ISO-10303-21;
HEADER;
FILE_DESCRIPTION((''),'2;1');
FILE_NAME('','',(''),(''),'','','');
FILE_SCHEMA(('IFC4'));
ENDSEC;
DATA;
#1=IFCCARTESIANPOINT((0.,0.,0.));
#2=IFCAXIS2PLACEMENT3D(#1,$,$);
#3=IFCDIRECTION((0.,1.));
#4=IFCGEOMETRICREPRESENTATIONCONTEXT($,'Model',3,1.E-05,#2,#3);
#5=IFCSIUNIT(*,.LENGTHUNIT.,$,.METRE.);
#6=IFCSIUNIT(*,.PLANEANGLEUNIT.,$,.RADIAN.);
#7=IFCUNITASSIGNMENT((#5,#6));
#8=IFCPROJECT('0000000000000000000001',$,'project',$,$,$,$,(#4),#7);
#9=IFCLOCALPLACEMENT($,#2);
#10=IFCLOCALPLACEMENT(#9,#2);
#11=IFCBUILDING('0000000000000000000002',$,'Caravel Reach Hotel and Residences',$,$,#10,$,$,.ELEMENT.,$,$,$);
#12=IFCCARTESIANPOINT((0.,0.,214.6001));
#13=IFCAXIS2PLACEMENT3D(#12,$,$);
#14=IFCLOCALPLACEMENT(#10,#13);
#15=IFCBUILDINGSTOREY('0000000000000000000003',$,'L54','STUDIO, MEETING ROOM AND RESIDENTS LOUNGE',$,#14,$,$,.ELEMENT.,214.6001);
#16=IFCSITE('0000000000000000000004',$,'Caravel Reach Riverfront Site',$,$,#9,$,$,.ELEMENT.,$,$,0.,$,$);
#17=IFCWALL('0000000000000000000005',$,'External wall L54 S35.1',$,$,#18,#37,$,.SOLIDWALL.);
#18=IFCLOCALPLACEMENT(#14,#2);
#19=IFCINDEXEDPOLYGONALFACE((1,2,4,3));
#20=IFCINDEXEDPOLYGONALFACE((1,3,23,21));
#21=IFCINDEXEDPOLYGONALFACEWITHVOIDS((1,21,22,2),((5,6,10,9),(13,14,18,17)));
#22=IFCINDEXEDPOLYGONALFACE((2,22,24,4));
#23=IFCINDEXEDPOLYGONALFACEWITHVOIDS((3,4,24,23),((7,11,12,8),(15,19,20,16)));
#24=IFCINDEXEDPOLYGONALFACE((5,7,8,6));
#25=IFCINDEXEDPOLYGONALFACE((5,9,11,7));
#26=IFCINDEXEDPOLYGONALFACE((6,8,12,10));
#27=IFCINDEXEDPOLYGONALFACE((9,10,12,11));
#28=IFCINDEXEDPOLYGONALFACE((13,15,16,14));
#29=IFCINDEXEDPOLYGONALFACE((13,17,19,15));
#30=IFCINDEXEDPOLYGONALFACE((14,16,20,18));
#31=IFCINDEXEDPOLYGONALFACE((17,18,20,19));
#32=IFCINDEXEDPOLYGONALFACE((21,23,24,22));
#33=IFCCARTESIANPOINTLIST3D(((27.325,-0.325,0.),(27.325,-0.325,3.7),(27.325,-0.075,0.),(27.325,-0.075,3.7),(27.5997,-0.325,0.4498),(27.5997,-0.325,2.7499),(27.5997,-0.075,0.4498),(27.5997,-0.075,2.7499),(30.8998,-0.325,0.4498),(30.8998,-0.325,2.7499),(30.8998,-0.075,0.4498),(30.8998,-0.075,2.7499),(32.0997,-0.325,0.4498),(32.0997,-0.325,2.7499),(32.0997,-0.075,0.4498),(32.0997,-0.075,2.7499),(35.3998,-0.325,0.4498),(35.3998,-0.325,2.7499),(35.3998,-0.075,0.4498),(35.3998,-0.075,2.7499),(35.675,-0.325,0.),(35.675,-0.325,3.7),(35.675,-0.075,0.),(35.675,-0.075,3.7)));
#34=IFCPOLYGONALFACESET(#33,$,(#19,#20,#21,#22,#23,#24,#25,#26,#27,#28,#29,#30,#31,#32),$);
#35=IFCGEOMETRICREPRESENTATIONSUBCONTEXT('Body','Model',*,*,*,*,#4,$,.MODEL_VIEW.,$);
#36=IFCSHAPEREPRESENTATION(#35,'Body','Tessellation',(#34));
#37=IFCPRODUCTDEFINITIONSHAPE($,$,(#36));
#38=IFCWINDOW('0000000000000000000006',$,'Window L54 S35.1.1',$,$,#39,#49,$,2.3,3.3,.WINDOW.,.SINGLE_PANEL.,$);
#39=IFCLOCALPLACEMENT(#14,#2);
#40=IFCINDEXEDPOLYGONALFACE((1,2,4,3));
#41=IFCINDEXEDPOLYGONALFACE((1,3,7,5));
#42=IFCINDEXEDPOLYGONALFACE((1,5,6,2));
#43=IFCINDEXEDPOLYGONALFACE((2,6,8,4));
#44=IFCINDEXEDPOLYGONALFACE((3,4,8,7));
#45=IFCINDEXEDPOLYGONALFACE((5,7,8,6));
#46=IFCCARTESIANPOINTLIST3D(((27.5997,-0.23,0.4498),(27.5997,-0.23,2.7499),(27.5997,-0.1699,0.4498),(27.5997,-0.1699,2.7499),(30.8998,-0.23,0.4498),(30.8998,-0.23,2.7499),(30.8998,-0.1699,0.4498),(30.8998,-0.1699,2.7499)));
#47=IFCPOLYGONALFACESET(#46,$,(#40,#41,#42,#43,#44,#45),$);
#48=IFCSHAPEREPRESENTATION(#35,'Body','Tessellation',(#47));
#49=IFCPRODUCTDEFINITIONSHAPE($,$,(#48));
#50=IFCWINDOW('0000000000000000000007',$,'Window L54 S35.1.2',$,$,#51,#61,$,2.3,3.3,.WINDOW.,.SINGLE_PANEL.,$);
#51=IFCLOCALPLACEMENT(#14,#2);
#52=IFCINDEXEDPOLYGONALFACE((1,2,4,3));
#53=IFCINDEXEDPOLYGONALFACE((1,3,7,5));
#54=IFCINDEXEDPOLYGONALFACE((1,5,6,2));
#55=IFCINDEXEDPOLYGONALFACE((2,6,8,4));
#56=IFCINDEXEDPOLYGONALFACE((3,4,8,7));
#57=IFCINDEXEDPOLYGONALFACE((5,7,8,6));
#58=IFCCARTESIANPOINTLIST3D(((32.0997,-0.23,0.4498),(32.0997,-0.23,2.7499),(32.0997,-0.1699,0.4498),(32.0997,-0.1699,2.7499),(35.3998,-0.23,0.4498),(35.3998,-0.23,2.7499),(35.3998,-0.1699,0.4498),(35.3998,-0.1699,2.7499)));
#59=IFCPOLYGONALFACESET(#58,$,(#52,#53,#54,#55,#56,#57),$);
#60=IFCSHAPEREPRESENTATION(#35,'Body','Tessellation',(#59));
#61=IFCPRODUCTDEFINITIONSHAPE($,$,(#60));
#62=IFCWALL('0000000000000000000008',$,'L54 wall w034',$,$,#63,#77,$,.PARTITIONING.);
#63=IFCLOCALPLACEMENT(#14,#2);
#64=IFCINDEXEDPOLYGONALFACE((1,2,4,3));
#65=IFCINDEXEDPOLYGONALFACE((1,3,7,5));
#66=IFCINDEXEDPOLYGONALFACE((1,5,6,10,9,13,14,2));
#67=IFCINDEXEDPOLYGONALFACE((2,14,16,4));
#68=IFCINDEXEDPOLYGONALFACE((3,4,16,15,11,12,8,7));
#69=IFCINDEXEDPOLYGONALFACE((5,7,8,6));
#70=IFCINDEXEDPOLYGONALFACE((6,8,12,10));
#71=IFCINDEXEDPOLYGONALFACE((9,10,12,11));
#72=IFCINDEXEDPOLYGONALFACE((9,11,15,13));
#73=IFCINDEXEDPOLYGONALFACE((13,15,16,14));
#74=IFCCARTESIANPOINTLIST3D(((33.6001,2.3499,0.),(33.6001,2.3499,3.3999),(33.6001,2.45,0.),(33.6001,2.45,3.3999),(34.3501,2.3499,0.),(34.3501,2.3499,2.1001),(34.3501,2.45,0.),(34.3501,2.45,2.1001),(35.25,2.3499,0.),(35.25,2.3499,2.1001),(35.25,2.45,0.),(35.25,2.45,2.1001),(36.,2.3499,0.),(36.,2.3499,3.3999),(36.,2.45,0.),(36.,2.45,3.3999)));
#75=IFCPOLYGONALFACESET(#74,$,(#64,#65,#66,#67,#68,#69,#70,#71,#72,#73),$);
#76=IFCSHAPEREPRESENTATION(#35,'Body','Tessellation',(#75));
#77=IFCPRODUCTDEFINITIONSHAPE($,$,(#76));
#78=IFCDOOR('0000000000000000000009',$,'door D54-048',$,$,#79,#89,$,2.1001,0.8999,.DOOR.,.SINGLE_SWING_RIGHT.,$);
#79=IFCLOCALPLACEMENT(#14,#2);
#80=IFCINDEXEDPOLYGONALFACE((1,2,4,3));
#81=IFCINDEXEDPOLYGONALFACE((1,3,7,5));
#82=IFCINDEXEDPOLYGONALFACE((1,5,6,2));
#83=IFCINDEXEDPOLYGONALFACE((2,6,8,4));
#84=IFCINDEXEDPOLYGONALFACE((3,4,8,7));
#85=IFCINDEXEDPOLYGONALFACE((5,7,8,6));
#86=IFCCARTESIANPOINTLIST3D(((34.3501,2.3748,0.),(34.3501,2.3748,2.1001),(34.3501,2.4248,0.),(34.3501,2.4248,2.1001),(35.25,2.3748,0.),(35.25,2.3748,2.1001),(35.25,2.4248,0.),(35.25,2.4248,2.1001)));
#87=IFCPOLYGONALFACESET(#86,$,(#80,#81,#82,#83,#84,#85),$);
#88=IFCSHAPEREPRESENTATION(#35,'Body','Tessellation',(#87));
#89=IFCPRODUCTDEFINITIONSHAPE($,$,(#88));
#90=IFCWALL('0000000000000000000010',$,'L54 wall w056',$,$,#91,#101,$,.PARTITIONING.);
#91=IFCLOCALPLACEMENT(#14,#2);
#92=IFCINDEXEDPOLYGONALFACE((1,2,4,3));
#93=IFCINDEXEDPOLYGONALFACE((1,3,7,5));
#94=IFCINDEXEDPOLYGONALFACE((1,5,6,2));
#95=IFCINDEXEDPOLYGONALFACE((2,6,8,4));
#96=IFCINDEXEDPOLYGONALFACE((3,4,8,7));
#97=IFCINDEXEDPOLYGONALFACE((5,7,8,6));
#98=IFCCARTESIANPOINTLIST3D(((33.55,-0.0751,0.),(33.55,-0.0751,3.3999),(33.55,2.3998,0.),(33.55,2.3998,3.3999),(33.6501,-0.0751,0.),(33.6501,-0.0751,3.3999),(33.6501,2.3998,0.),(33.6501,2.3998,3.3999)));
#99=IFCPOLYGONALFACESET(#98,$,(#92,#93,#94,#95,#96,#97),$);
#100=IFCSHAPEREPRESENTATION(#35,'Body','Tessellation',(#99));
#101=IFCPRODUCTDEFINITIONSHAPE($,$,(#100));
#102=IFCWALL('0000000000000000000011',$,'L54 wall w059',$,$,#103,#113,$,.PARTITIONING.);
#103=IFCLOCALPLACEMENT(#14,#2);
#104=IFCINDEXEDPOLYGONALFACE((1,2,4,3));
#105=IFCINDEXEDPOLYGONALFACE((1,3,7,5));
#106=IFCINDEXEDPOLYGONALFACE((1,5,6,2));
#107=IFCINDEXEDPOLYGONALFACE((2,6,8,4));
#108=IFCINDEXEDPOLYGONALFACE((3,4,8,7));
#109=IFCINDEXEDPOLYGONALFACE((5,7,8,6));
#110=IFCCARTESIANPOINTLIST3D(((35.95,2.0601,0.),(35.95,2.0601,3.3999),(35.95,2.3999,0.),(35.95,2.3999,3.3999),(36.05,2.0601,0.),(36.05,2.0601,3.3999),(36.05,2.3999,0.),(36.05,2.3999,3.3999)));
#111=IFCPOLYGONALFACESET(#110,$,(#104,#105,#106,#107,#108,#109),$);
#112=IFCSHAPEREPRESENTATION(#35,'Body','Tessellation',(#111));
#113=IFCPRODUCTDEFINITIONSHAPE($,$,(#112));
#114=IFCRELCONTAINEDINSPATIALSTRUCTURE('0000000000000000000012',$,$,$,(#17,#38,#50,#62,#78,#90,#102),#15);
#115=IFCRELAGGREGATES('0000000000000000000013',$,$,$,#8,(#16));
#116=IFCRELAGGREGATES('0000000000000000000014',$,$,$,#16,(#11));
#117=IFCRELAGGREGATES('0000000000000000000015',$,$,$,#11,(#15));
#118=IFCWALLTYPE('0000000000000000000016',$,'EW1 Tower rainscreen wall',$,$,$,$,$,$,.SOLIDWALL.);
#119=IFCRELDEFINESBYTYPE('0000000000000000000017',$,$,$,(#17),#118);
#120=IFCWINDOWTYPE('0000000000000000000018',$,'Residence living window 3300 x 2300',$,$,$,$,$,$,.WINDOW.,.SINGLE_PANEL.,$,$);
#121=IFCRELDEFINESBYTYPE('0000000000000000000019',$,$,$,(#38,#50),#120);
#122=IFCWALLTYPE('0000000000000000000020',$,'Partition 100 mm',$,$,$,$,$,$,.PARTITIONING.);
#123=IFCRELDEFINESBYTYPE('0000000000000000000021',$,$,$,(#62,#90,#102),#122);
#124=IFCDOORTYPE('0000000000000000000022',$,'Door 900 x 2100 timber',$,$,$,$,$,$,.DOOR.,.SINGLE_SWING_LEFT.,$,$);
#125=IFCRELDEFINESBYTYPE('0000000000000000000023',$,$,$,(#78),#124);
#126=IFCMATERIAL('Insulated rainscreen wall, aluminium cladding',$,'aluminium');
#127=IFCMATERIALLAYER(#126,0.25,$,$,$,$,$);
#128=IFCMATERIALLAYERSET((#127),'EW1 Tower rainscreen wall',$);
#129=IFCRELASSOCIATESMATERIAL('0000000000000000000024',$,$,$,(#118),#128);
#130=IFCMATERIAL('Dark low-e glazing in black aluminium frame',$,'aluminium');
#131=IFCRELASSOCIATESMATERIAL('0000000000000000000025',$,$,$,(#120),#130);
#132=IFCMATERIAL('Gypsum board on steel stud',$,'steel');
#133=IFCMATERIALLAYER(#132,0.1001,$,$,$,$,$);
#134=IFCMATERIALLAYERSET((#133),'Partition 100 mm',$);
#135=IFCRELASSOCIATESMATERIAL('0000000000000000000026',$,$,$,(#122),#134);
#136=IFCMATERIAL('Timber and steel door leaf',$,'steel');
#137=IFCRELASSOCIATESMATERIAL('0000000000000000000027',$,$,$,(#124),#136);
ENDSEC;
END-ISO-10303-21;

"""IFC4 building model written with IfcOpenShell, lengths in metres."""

from ifc_helpers import new_model, si_unit, direction, frame, frame_2d, origin, place, context, subcontext, project, spatial, rectangle, extrude, material, layer, layer_set, type_object, element, fill, save


model = new_model("IFC4")

# Units and contexts
model_context = context("Model", 3, precision=1e-05, world=origin(), true_north=direction((0.0, 1.0)))
body_context = subcontext(model_context, "Body", "Model", "MODEL_VIEW")
ifc_project = project(units=[si_unit("LENGTHUNIT", "METRE"), si_unit("PLANEANGLEUNIT", "RADIAN")], contexts=[model_context])

# Site, building, storey
site_placement = place(None, origin())
site = spatial("IfcSite", under=ifc_project, at=site_placement, Name="Caravel Reach Riverfront Site", CompositionType="ELEMENT", RefElevation=0.0)
building_placement = place(site_placement, origin())
building = spatial("IfcBuilding", under=site, at=building_placement, Name="Caravel Reach Hotel and Residences", CompositionType="ELEMENT")
storey_placement = place(building_placement, frame((0.0, 0.0, 214.6001)))
storey = spatial("IfcBuildingStorey", under=building, at=storey_placement, Name="L54", Description="STUDIO, MEETING ROOM AND RESIDENTS LOUNGE", CompositionType="ELEMENT", Elevation=214.6001)

# Shared definitions
ifc_material_1 = material(Name="Insulated rainscreen wall, aluminium cladding", Category="aluminium")
ifc_layer_1 = layer(ifc_material_1, 0.25)
ifc_layer_set_1 = layer_set([ifc_layer_1], Name="EW1 Tower rainscreen wall")
wall_type_1 = type_object("IfcWallType", Name="EW1 Tower rainscreen wall", PredefinedType="SOLIDWALL", material=ifc_layer_set_1)

# Wall, openings, windows
wall_1_placement = place(storey_placement, frame((27.325, -0.2, 0.0), z_axis=(0.0, 0.0, 1.0), x_axis=(1.0, 0.0, 0.0)))
wall_1 = element("IfcWall", 1, at=wall_1_placement, inside=storey, type_object=wall_type_1, Name="External wall L54 S35.1", PredefinedType="SOLIDWALL", context=body_context, shape_type="SweptSolid", body=[
    extrude(rectangle(XDim=8.3501, YDim=0.25, at=frame_2d((4.175, 0.0))), origin(), (0.0, 0.0, 1.0), 3.7),
])
opening_1_placement = place(wall_1_placement, frame((0.2749, 0.0, 0.45)))
opening_1 = element("IfcOpeningElement", 2, at=opening_1_placement, cuts=wall_1, PredefinedType="OPENING", context=body_context, shape_type="SweptSolid", body=[
    extrude(rectangle(XDim=3.3, YDim=2.3, at=frame_2d((1.6499, 1.1499))), frame((0.0, 0.135, 0.0), z_axis=(0.0, -1.0, 0.0), x_axis=(1.0, 0.0, 0.0)), (0.0, 0.0, 1.0), 0.27),
])
opening_2_placement = place(wall_1_placement, frame((4.7749, 0.0, 0.45)))
opening_2 = element("IfcOpeningElement", 3, at=opening_2_placement, cuts=wall_1, PredefinedType="OPENING", context=body_context, shape_type="SweptSolid", body=[
    extrude(rectangle(XDim=3.3, YDim=2.3, at=frame_2d((1.6499, 1.1499))), frame((0.0, 0.135, 0.0), z_axis=(0.0, -1.0, 0.0), x_axis=(1.0, 0.0, 0.0)), (0.0, 0.0, 1.0), 0.27),
])
ifc_material_2 = material(Name="Dark low-e glazing in black aluminium frame", Category="aluminium")
window_type_1 = type_object("IfcWindowType", Name="Residence living window 3300 x 2300", PartitioningType="SINGLE_PANEL", PredefinedType="WINDOW", material=ifc_material_2)
window_1_placement = place(opening_1_placement, origin())
window_1 = element("IfcWindow", 4, at=window_1_placement, inside=storey, type_object=window_type_1, Name="Window L54 S35.1.1", OverallHeight=2.3, OverallWidth=3.3, PartitioningType="SINGLE_PANEL", PredefinedType="WINDOW", context=body_context, shape_type="SweptSolid", body=[
    extrude(rectangle(XDim=3.3, YDim=2.3, at=frame_2d((1.6499, 1.1499))), frame((0.0, 0.03, 0.0), z_axis=(0.0, -1.0, 0.0), x_axis=(1.0, 0.0, 0.0)), (0.0, 0.0, 1.0), 0.0601),
])
fill(opening_1, window_1)
window_2_placement = place(opening_2_placement, origin())
window_2 = element("IfcWindow", 5, at=window_2_placement, inside=storey, type_object=window_type_1, Name="Window L54 S35.1.2", OverallHeight=2.3, OverallWidth=3.3, PartitioningType="SINGLE_PANEL", PredefinedType="WINDOW", context=body_context, shape_type="SweptSolid", body=[
    extrude(rectangle(XDim=3.3, YDim=2.3, at=frame_2d((1.6499, 1.1499))), frame((0.0, 0.03, 0.0), z_axis=(0.0, -1.0, 0.0), x_axis=(1.0, 0.0, 0.0)), (0.0, 0.0, 1.0), 0.0601),
])
fill(opening_2, window_2)

# Wall, opening, door
ifc_material_3 = material(Name="Gypsum board on steel stud", Category="steel")
ifc_layer_2 = layer(ifc_material_3, 0.1001)
ifc_layer_set_2 = layer_set([ifc_layer_2], Name="Partition 100 mm")
wall_type_2 = type_object("IfcWallType", Name="Partition 100 mm", PredefinedType="PARTITIONING", material=ifc_layer_set_2)
wall_2_placement = place(storey_placement, frame((33.6001, 2.3999, 0.0), z_axis=(0.0, 0.0, 1.0), x_axis=(1.0, 0.0, 0.0)))
wall_2 = element("IfcWall", 6, at=wall_2_placement, inside=storey, type_object=wall_type_2, Name="L54 wall w034", PredefinedType="PARTITIONING", context=body_context, shape_type="SweptSolid", body=[
    extrude(rectangle(XDim=2.3999, YDim=0.1001, at=frame_2d((1.2, 0.0))), origin(), (0.0, 0.0, 1.0), 3.3999),
])
opening_3_placement = place(wall_2_placement, frame((0.75, 0.0, 0.0)))
opening_3 = element("IfcOpeningElement", 7, at=opening_3_placement, cuts=wall_2, PredefinedType="OPENING", context=body_context, shape_type="SweptSolid", body=[
    extrude(rectangle(XDim=0.8999, YDim=2.1001, at=frame_2d((0.45, 1.05))), frame((0.0, 0.0601, 0.0), z_axis=(0.0, -1.0, 0.0), x_axis=(1.0, 0.0, 0.0)), (0.0, 0.0, 1.0), 0.1201),
])
ifc_material_4 = material(Name="Timber and steel door leaf", Category="steel")
door_type_1 = type_object("IfcDoorType", Name="Door 900 x 2100 timber", OperationType="SINGLE_SWING_LEFT", PredefinedType="DOOR", material=ifc_material_4)
door_1_placement = place(opening_3_placement, origin())
door_1 = element("IfcDoor", 8, at=door_1_placement, inside=storey, type_object=door_type_1, Name="door D54-048", OperationType="SINGLE_SWING_RIGHT", OverallHeight=2.1001, OverallWidth=0.8999, PredefinedType="DOOR", context=body_context, shape_type="SweptSolid", body=[
    extrude(rectangle(XDim=0.8999, YDim=2.1001, at=frame_2d((0.45, 1.05))), frame((0.0, 0.0249, 0.0), z_axis=(0.0, -1.0, 0.0), x_axis=(1.0, 0.0, 0.0)), (0.0, 0.0, 1.0), 0.05),
])
fill(opening_3, door_1)

# Walls
wall_3_placement = place(storey_placement, frame((33.6001, -0.075, 0.0), z_axis=(0.0, 0.0, 1.0), x_axis=(0.0, 1.0, 0.0)))
element("IfcWall", 9, at=wall_3_placement, inside=storey, type_object=wall_type_2, Name="L54 wall w056", PredefinedType="PARTITIONING", context=body_context, shape_type="SweptSolid", body=[
    extrude(rectangle(XDim=2.4749, YDim=0.1001, at=frame_2d((1.2373, 0.0))), origin(), (0.0, 0.0, 1.0), 3.3999),
])
wall_4_placement = place(storey_placement, frame((36.0, 2.0601, 0.0), z_axis=(0.0, 0.0, 1.0), x_axis=(0.0, 1.0, 0.0)))
element("IfcWall", 10, at=wall_4_placement, inside=storey, type_object=wall_type_2, Name="L54 wall w059", PredefinedType="PARTITIONING", context=body_context, shape_type="SweptSolid", body=[
    extrude(rectangle(XDim=0.3398, YDim=0.1001, at=frame_2d((0.1699, 0.0))), origin(), (0.0, 0.0, 1.0), 3.3999),
])

save(model, "model.ifc")
